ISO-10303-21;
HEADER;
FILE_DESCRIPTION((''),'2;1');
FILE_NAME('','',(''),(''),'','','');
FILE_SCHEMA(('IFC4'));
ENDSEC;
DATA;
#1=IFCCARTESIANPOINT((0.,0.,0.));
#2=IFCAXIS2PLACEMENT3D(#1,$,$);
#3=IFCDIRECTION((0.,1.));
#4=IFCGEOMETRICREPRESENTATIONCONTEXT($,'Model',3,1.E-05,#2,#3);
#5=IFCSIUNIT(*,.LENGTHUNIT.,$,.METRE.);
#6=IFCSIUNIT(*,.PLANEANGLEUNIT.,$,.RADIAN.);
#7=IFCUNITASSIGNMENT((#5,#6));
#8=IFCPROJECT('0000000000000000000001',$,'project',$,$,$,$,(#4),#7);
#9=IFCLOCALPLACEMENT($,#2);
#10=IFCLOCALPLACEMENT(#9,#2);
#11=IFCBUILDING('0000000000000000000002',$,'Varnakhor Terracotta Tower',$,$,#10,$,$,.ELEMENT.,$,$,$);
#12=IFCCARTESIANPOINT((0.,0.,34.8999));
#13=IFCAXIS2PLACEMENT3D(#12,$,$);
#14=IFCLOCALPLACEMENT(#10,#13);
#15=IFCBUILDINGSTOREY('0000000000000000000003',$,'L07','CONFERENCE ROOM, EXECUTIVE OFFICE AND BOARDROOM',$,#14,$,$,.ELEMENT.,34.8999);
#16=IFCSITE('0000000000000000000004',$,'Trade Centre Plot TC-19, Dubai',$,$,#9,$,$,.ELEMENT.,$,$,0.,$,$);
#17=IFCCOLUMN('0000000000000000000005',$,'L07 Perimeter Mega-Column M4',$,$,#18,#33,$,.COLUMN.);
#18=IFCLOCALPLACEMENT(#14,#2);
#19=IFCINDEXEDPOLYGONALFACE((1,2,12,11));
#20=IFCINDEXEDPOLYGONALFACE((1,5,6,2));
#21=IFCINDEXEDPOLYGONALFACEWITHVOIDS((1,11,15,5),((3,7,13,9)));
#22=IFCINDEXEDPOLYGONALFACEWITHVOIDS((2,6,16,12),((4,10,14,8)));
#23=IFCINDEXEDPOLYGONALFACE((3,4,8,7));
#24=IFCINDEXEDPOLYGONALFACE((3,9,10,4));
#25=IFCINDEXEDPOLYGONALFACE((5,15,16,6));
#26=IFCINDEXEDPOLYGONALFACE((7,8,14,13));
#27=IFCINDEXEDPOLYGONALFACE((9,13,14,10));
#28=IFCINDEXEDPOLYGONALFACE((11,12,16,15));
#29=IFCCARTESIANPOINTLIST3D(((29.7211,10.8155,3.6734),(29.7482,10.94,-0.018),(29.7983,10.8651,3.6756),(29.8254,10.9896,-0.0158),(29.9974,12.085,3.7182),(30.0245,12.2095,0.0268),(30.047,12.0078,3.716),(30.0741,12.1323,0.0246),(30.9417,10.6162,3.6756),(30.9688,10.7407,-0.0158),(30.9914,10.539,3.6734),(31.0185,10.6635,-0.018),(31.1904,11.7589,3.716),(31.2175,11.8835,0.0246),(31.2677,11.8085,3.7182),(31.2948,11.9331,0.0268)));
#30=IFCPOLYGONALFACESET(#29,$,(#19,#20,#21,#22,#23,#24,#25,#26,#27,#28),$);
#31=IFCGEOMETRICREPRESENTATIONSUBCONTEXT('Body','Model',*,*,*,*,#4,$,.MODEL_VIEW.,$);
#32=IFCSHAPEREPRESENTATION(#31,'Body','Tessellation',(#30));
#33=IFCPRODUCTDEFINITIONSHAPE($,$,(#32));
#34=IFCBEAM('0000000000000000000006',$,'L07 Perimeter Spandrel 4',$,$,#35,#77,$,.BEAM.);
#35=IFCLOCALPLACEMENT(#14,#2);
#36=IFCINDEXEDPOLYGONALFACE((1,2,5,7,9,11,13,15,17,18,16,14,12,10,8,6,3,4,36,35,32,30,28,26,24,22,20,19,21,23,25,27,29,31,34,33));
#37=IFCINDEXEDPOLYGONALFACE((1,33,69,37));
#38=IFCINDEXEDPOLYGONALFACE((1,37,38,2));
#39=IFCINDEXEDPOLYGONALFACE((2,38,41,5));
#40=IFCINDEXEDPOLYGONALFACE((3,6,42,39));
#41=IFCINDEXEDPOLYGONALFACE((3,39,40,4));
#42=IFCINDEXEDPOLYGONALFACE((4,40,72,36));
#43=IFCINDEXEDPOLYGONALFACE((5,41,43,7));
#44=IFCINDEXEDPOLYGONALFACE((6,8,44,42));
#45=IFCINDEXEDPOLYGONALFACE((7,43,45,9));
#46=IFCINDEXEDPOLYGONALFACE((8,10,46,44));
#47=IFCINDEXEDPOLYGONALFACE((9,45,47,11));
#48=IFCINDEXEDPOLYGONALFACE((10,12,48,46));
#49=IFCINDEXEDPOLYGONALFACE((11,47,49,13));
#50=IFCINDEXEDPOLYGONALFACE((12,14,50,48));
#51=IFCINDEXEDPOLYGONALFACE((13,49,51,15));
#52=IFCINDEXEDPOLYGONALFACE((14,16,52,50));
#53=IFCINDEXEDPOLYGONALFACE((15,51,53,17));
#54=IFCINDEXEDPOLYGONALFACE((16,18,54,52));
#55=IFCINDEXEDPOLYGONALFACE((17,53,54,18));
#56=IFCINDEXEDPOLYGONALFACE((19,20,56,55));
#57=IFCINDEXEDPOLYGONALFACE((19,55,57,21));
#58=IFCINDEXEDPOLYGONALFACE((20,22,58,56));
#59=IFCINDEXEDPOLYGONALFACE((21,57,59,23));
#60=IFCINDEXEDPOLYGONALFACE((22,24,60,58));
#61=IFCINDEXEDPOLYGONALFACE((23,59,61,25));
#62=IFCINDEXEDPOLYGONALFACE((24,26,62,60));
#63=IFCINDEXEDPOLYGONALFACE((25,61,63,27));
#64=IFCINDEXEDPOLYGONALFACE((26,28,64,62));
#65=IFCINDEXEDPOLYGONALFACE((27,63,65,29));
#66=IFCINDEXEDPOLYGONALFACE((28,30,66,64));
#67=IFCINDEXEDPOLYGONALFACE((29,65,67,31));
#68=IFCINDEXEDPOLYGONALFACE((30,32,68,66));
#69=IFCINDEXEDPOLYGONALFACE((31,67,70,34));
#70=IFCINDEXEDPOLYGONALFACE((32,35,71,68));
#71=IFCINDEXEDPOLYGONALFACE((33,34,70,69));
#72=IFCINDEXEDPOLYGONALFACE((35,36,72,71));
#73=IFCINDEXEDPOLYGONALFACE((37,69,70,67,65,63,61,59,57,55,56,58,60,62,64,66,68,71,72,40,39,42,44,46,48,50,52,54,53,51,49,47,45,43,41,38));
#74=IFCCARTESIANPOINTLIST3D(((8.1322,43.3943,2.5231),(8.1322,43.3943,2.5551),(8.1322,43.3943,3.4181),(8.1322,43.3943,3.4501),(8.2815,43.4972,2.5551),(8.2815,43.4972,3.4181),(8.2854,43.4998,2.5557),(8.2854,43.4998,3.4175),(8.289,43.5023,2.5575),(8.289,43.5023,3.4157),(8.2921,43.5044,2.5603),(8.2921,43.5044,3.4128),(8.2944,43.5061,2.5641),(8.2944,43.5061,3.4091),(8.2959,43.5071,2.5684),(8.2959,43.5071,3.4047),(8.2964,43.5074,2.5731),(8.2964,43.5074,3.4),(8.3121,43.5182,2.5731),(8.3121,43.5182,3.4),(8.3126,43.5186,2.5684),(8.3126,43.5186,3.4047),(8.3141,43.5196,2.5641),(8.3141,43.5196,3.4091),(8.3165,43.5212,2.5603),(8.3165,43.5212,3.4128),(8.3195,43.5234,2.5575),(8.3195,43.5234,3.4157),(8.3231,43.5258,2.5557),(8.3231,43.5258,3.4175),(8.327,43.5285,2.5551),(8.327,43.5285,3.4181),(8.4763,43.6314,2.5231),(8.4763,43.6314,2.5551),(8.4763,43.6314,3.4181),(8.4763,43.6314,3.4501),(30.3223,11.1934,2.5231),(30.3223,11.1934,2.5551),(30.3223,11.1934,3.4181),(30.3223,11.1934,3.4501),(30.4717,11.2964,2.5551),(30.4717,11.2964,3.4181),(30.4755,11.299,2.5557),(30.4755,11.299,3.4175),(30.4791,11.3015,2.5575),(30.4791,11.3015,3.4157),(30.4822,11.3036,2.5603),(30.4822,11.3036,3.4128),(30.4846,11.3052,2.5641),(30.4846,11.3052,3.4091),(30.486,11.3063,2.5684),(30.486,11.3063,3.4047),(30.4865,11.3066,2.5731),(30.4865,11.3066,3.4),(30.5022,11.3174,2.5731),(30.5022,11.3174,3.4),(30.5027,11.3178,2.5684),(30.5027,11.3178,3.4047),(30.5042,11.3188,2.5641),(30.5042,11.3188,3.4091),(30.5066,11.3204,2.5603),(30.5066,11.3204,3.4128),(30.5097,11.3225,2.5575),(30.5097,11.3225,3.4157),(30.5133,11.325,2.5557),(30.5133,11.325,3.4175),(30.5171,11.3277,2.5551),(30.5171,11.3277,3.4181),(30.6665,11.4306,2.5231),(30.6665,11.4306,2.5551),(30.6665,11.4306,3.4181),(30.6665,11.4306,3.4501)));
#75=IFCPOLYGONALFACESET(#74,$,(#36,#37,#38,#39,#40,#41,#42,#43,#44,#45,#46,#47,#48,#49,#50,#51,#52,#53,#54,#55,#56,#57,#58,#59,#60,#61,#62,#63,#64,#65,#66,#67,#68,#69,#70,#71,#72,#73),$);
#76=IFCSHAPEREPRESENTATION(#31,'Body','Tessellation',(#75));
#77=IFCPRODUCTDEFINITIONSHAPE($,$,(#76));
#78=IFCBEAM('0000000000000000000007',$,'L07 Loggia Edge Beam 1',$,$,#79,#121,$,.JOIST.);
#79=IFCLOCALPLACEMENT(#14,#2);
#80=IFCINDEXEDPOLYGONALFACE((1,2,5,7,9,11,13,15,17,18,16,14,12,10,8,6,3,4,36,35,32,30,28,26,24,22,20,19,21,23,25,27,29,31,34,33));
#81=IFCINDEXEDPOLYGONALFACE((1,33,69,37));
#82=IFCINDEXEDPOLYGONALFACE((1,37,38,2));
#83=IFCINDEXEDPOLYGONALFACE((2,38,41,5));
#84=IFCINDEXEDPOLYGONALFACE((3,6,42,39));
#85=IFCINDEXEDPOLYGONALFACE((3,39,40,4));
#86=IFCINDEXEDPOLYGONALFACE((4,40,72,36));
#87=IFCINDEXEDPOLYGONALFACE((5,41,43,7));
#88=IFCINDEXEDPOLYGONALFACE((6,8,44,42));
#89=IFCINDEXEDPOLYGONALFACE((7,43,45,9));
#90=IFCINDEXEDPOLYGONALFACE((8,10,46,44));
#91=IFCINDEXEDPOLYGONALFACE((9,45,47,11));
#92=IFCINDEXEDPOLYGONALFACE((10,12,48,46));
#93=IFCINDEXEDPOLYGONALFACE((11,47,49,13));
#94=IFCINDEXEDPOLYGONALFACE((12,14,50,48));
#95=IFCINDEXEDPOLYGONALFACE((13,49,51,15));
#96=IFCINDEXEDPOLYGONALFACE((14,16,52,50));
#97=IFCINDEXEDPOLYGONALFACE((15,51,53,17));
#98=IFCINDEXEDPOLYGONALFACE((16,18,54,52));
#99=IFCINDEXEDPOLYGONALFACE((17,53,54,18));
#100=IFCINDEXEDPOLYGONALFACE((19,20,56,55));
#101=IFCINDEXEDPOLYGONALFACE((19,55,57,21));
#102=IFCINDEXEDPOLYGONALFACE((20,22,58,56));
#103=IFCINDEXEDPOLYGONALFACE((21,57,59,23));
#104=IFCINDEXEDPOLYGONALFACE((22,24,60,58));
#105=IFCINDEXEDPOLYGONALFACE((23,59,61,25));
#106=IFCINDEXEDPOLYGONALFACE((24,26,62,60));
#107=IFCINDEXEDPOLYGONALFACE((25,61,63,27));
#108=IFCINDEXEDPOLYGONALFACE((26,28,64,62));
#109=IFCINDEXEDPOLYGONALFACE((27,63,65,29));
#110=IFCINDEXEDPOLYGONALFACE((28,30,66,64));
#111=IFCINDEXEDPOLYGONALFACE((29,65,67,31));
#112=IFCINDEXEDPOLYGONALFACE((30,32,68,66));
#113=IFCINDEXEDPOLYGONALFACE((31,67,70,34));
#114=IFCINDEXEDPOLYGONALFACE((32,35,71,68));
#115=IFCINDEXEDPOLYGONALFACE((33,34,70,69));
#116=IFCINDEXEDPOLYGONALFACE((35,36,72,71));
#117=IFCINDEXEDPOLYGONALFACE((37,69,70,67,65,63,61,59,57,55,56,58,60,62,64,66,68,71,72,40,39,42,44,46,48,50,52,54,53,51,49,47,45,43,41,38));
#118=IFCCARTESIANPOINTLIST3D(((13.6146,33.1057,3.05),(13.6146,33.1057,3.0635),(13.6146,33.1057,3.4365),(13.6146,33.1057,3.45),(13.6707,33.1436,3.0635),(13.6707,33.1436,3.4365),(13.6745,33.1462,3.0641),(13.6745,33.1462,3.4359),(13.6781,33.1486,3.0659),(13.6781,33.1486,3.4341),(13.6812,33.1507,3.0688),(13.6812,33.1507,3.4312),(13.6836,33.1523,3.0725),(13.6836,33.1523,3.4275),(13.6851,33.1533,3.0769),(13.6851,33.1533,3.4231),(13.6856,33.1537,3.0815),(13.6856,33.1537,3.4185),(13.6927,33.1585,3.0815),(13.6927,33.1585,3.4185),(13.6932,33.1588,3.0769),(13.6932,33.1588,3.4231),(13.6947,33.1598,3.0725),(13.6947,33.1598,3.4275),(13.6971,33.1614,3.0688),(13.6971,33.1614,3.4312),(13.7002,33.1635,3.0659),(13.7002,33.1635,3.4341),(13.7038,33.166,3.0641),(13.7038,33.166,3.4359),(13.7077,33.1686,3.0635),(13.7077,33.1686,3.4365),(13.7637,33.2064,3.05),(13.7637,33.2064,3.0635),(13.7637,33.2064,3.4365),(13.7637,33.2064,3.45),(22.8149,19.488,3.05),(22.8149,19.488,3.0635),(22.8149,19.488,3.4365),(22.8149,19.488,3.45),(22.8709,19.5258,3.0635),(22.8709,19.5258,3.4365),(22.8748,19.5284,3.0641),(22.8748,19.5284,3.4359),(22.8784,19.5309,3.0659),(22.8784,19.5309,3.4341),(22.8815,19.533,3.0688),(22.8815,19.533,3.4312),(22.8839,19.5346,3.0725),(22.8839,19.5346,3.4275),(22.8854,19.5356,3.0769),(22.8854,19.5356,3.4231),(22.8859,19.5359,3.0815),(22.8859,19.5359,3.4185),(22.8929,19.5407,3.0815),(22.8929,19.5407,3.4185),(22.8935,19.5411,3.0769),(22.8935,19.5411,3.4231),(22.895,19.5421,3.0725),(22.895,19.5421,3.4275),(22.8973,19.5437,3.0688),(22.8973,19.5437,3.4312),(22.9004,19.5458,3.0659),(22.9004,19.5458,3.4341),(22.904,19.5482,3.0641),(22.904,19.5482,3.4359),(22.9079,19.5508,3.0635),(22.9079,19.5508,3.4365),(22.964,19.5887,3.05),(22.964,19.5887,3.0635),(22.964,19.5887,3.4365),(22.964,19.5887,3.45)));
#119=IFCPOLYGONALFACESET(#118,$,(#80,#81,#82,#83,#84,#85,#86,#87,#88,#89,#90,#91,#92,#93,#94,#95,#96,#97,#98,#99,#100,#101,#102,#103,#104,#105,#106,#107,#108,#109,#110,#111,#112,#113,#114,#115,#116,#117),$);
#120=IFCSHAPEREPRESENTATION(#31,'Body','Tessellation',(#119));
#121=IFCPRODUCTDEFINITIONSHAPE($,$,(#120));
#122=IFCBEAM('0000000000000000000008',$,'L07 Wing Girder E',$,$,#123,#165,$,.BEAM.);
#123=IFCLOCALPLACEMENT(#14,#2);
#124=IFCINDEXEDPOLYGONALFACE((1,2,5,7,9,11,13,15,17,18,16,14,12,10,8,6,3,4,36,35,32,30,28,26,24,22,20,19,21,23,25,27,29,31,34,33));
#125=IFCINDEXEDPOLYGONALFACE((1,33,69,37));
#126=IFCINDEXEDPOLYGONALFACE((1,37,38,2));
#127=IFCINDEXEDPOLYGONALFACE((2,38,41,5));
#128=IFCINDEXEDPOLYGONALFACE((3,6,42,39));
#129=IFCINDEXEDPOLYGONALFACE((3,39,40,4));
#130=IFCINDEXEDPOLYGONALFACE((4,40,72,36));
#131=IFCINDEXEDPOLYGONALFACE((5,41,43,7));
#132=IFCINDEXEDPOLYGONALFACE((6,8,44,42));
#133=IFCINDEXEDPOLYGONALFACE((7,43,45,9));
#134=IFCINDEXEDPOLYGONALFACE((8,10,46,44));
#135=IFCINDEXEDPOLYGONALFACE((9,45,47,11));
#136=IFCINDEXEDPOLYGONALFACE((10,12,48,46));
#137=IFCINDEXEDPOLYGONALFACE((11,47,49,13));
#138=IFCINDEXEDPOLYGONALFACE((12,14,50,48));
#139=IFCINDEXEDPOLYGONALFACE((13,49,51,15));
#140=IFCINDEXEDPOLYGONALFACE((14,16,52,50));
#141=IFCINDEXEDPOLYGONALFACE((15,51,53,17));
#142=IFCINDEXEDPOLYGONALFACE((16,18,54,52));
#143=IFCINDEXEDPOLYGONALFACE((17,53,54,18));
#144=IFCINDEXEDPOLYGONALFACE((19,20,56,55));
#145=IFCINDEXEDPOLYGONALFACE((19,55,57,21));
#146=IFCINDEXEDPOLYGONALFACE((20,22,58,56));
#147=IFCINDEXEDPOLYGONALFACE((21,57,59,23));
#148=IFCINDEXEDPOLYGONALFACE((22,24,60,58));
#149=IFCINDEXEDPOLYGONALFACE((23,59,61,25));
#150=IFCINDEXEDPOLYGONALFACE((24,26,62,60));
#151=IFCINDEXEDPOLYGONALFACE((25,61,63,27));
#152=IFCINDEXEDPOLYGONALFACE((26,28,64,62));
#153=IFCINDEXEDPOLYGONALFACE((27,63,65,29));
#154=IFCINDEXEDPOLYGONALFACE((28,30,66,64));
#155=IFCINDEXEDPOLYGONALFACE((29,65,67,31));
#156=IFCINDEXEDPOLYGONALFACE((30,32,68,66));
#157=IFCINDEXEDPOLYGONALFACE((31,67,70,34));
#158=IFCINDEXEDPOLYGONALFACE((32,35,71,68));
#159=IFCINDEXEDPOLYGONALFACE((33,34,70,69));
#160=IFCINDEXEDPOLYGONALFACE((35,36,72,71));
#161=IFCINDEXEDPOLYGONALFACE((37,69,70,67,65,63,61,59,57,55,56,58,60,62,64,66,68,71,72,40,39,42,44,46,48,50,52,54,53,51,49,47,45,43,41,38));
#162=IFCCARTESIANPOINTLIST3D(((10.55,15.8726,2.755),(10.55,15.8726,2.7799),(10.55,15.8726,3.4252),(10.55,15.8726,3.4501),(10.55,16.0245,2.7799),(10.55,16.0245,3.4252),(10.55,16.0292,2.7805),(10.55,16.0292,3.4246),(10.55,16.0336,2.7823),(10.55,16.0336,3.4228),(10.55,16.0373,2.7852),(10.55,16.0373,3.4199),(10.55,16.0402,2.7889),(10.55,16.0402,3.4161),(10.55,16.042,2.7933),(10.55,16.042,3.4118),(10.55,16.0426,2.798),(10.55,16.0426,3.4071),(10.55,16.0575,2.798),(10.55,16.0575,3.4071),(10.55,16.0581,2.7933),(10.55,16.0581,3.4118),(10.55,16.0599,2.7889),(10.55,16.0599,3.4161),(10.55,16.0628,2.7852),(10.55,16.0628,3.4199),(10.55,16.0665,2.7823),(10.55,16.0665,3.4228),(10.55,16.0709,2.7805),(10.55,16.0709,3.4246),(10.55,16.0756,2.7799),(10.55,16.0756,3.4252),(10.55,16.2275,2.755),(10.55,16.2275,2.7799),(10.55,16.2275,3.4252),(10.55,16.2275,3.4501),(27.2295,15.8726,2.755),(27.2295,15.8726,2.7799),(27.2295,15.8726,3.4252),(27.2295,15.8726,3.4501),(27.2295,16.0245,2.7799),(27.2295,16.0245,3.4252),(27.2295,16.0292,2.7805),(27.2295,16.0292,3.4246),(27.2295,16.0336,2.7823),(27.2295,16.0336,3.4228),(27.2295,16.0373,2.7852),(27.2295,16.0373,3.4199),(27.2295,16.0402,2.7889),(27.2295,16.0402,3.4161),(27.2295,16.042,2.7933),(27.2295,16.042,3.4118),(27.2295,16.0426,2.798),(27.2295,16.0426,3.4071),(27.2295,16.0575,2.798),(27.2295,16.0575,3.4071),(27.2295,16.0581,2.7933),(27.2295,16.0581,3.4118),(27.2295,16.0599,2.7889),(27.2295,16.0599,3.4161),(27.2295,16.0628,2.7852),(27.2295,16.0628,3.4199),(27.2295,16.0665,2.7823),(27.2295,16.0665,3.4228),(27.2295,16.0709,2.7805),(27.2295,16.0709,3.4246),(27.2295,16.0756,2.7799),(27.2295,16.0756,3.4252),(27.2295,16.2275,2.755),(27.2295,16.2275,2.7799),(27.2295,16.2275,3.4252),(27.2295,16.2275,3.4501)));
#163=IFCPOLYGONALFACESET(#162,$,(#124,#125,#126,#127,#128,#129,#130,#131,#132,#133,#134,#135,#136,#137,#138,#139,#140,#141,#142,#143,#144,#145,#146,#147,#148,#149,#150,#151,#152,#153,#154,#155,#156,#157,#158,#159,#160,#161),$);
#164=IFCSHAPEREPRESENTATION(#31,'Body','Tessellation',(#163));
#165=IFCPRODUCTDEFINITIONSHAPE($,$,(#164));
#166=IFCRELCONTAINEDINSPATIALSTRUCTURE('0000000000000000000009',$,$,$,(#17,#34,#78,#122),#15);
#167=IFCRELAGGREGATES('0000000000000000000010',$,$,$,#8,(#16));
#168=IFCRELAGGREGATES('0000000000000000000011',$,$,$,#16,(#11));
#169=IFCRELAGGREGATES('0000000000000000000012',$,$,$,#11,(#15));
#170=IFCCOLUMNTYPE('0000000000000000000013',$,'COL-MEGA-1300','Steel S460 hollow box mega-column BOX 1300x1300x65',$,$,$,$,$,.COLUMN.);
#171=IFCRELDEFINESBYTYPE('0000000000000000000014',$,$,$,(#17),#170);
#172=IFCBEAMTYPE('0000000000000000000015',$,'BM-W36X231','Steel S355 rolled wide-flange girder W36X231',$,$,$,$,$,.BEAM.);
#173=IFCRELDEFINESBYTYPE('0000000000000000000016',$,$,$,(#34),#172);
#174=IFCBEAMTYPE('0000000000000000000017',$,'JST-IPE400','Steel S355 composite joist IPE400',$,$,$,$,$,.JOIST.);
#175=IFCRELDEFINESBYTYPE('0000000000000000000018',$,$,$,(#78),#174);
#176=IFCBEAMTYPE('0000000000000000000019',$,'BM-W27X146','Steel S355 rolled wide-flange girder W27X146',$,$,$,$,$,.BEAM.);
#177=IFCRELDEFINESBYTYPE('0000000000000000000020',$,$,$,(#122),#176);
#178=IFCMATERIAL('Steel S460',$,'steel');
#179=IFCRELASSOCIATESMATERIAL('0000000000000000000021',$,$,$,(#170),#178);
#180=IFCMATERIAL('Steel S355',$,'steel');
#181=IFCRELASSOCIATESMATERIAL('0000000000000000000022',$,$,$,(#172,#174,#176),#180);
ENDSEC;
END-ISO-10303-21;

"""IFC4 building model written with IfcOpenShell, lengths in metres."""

from ifc_helpers import new_model, si_unit, direction, frame, origin, origin_2d, place, context, subcontext, project, spatial, hollow_rectangle, i_section, extrude, source, transform, mapped, material, material_profile, profile_set, type_object, element, save


model = new_model("IFC4")

# Units and contexts
model_context = context("Model", 3, precision=1e-05, world=origin(), true_north=direction((0.0, 1.0)))
body_context = subcontext(model_context, "Body", "Model", "MODEL_VIEW")
ifc_project = project(units=[si_unit("LENGTHUNIT", "METRE"), si_unit("PLANEANGLEUNIT", "RADIAN")], contexts=[model_context])

# Site, building, storey
site_placement = place(None, origin())
site = spatial("IfcSite", under=ifc_project, at=site_placement, Name="Trade Centre Plot TC-19, Dubai", CompositionType="ELEMENT", RefElevation=0.0)
building_placement = place(site_placement, origin())
building = spatial("IfcBuilding", under=site, at=building_placement, Name="Varnakhor Terracotta Tower", CompositionType="ELEMENT")
storey_placement = place(building_placement, frame((0.0, 0.0, 34.8999)))
storey = spatial("IfcBuildingStorey", under=building, at=storey_placement, Name="L07", Description="CONFERENCE ROOM, EXECUTIVE OFFICE AND BOARDROOM", CompositionType="ELEMENT", Elevation=34.8999)

# Column
ifc_material_1 = material(Name="Steel S460", Category="steel")
ifc_material_profile_1 = material_profile(ifc_material_1, hollow_rectangle(XDim=1.3, YDim=1.3, WallThickness=0.0649, at=origin_2d()), Name="BOX 1300x1300x65")
ifc_profile_set_1 = profile_set([ifc_material_profile_1], Name="Steel S460")
column_type = type_object("IfcColumnType", Name="COL-MEGA-1300", Description="Steel S460 hollow box mega-column BOX 1300x1300x65", PredefinedType="COLUMN", material=ifc_profile_set_1)
shared_shape_1 = source(origin(), body_context, "Body", "SweptSolid", [
    extrude(hollow_rectangle(XDim=1.3, YDim=1.3, WallThickness=0.0649, at=origin_2d()), origin(), (0.0, 0.0, 1.0), 3.6936),
])
column_placement = place(storey_placement, frame((30.5215, 11.4365, 0.0044), z_axis=(-0.007337, -0.03371, 0.999405), x_axis=(0.977124, -0.212668, 0.0)))
element("IfcColumn", 1, at=column_placement, inside=storey, type_object=column_type, Name="L07 Perimeter Mega-Column M4", PredefinedType="COLUMN", context=body_context, shape_type="MappedRepresentation", body=[
    mapped(shared_shape_1, transform((0.0, 0.0, 0.0), scale=1.0)),
])

# Beams
ifc_material_2 = material(Name="Steel S355", Category="steel")
ifc_material_profile_2 = material_profile(ifc_material_2, i_section(OverallWidth=0.418, OverallDepth=0.927, WebThickness=0.019, FlangeThickness=0.032, FilletRadius=0.0181, at=origin_2d()), Name="W36X231")
ifc_profile_set_2 = profile_set([ifc_material_profile_2], Name="Steel S355")
beam_type_1 = type_object("IfcBeamType", Name="BM-W36X231", Description="Steel S355 rolled wide-flange girder W36X231", PredefinedType="BEAM", material=ifc_profile_set_2)
shared_shape_2 = source(origin(), body_context, "Body", "SweptSolid", [
    extrude(i_section(OverallWidth=0.418, OverallDepth=0.927, WebThickness=0.019, FlangeThickness=0.032, FilletRadius=0.0181, at=origin_2d()), origin(), (0.0, 0.0, 1.0), 39.1062),
])
beam_1_placement = place(storey_placement, frame((30.4944, 11.312, 2.9866), z_axis=(-0.567432, 0.82342, 0.0), x_axis=(-0.82342, -0.567432, 0.0)))
element("IfcBeam", 2, at=beam_1_placement, inside=storey, type_object=beam_type_1, Name="L07 Perimeter Spandrel 4", PredefinedType="BEAM", context=body_context, shape_type="MappedRepresentation", body=[
    mapped(shared_shape_2, transform((0.0, 0.0, 0.0), scale=1.0)),
])
ifc_material_profile_3 = material_profile(ifc_material_2, i_section(OverallWidth=0.1799, OverallDepth=0.3999, WebThickness=0.0085, FlangeThickness=0.0134, FilletRadius=0.0181, at=origin_2d()), Name="IPE400")
ifc_profile_set_3 = profile_set([ifc_material_profile_3], Name="Steel S355")
beam_type_2 = type_object("IfcBeamType", Name="JST-IPE400", Description="Steel S355 composite joist IPE400", PredefinedType="JOIST", material=ifc_profile_set_3)
shared_shape_3 = source(origin(), body_context, "Body", "SweptSolid", [
    extrude(i_section(OverallWidth=0.1799, OverallDepth=0.3999, WebThickness=0.0085, FlangeThickness=0.0134, FilletRadius=0.0181, at=origin_2d()), origin(), (0.0, 0.0, 1.0), 16.4343),
])
beam_2_placement = place(storey_placement, frame((22.8894, 19.5383, 3.25), z_axis=(-0.559818, 0.828615, 0.0), x_axis=(-0.828615, -0.559818, 0.0)))
element("IfcBeam", 3, at=beam_2_placement, inside=storey, type_object=beam_type_2, Name="L07 Loggia Edge Beam 1", PredefinedType="JOIST", context=body_context, shape_type="MappedRepresentation", body=[
    mapped(shared_shape_3, transform((0.0, 0.0, 0.0), scale=1.0)),
])
ifc_material_profile_4 = material_profile(ifc_material_2, i_section(OverallWidth=0.355, OverallDepth=0.6951, WebThickness=0.0149, FlangeThickness=0.0249, FilletRadius=0.0181, at=origin_2d()), Name="W27X146")
ifc_profile_set_4 = profile_set([ifc_material_profile_4], Name="Steel S355")
beam_type_3 = type_object("IfcBeamType", Name="BM-W27X146", Description="Steel S355 rolled wide-flange girder W27X146", PredefinedType="BEAM", material=ifc_profile_set_4)
shared_shape_4 = source(origin(), body_context, "Body", "SweptSolid", [
    extrude(i_section(OverallWidth=0.355, OverallDepth=0.6951, WebThickness=0.0149, FlangeThickness=0.0249, FilletRadius=0.0181, at=origin_2d()), origin(), (0.0, 0.0, 1.0), 16.6794),
])
beam_3_placement = place(storey_placement, frame((10.55, 16.05, 3.1025), z_axis=(1.0, 0.0, 0.0), x_axis=(0.0, 1.0, 0.0)))
element("IfcBeam", 4, at=beam_3_placement, inside=storey, type_object=beam_type_3, Name="L07 Wing Girder E", PredefinedType="BEAM", context=body_context, shape_type="MappedRepresentation", body=[
    mapped(shared_shape_4, transform((0.0, 0.0, 0.0), scale=1.0)),
])

save(model, "model.ifc")
